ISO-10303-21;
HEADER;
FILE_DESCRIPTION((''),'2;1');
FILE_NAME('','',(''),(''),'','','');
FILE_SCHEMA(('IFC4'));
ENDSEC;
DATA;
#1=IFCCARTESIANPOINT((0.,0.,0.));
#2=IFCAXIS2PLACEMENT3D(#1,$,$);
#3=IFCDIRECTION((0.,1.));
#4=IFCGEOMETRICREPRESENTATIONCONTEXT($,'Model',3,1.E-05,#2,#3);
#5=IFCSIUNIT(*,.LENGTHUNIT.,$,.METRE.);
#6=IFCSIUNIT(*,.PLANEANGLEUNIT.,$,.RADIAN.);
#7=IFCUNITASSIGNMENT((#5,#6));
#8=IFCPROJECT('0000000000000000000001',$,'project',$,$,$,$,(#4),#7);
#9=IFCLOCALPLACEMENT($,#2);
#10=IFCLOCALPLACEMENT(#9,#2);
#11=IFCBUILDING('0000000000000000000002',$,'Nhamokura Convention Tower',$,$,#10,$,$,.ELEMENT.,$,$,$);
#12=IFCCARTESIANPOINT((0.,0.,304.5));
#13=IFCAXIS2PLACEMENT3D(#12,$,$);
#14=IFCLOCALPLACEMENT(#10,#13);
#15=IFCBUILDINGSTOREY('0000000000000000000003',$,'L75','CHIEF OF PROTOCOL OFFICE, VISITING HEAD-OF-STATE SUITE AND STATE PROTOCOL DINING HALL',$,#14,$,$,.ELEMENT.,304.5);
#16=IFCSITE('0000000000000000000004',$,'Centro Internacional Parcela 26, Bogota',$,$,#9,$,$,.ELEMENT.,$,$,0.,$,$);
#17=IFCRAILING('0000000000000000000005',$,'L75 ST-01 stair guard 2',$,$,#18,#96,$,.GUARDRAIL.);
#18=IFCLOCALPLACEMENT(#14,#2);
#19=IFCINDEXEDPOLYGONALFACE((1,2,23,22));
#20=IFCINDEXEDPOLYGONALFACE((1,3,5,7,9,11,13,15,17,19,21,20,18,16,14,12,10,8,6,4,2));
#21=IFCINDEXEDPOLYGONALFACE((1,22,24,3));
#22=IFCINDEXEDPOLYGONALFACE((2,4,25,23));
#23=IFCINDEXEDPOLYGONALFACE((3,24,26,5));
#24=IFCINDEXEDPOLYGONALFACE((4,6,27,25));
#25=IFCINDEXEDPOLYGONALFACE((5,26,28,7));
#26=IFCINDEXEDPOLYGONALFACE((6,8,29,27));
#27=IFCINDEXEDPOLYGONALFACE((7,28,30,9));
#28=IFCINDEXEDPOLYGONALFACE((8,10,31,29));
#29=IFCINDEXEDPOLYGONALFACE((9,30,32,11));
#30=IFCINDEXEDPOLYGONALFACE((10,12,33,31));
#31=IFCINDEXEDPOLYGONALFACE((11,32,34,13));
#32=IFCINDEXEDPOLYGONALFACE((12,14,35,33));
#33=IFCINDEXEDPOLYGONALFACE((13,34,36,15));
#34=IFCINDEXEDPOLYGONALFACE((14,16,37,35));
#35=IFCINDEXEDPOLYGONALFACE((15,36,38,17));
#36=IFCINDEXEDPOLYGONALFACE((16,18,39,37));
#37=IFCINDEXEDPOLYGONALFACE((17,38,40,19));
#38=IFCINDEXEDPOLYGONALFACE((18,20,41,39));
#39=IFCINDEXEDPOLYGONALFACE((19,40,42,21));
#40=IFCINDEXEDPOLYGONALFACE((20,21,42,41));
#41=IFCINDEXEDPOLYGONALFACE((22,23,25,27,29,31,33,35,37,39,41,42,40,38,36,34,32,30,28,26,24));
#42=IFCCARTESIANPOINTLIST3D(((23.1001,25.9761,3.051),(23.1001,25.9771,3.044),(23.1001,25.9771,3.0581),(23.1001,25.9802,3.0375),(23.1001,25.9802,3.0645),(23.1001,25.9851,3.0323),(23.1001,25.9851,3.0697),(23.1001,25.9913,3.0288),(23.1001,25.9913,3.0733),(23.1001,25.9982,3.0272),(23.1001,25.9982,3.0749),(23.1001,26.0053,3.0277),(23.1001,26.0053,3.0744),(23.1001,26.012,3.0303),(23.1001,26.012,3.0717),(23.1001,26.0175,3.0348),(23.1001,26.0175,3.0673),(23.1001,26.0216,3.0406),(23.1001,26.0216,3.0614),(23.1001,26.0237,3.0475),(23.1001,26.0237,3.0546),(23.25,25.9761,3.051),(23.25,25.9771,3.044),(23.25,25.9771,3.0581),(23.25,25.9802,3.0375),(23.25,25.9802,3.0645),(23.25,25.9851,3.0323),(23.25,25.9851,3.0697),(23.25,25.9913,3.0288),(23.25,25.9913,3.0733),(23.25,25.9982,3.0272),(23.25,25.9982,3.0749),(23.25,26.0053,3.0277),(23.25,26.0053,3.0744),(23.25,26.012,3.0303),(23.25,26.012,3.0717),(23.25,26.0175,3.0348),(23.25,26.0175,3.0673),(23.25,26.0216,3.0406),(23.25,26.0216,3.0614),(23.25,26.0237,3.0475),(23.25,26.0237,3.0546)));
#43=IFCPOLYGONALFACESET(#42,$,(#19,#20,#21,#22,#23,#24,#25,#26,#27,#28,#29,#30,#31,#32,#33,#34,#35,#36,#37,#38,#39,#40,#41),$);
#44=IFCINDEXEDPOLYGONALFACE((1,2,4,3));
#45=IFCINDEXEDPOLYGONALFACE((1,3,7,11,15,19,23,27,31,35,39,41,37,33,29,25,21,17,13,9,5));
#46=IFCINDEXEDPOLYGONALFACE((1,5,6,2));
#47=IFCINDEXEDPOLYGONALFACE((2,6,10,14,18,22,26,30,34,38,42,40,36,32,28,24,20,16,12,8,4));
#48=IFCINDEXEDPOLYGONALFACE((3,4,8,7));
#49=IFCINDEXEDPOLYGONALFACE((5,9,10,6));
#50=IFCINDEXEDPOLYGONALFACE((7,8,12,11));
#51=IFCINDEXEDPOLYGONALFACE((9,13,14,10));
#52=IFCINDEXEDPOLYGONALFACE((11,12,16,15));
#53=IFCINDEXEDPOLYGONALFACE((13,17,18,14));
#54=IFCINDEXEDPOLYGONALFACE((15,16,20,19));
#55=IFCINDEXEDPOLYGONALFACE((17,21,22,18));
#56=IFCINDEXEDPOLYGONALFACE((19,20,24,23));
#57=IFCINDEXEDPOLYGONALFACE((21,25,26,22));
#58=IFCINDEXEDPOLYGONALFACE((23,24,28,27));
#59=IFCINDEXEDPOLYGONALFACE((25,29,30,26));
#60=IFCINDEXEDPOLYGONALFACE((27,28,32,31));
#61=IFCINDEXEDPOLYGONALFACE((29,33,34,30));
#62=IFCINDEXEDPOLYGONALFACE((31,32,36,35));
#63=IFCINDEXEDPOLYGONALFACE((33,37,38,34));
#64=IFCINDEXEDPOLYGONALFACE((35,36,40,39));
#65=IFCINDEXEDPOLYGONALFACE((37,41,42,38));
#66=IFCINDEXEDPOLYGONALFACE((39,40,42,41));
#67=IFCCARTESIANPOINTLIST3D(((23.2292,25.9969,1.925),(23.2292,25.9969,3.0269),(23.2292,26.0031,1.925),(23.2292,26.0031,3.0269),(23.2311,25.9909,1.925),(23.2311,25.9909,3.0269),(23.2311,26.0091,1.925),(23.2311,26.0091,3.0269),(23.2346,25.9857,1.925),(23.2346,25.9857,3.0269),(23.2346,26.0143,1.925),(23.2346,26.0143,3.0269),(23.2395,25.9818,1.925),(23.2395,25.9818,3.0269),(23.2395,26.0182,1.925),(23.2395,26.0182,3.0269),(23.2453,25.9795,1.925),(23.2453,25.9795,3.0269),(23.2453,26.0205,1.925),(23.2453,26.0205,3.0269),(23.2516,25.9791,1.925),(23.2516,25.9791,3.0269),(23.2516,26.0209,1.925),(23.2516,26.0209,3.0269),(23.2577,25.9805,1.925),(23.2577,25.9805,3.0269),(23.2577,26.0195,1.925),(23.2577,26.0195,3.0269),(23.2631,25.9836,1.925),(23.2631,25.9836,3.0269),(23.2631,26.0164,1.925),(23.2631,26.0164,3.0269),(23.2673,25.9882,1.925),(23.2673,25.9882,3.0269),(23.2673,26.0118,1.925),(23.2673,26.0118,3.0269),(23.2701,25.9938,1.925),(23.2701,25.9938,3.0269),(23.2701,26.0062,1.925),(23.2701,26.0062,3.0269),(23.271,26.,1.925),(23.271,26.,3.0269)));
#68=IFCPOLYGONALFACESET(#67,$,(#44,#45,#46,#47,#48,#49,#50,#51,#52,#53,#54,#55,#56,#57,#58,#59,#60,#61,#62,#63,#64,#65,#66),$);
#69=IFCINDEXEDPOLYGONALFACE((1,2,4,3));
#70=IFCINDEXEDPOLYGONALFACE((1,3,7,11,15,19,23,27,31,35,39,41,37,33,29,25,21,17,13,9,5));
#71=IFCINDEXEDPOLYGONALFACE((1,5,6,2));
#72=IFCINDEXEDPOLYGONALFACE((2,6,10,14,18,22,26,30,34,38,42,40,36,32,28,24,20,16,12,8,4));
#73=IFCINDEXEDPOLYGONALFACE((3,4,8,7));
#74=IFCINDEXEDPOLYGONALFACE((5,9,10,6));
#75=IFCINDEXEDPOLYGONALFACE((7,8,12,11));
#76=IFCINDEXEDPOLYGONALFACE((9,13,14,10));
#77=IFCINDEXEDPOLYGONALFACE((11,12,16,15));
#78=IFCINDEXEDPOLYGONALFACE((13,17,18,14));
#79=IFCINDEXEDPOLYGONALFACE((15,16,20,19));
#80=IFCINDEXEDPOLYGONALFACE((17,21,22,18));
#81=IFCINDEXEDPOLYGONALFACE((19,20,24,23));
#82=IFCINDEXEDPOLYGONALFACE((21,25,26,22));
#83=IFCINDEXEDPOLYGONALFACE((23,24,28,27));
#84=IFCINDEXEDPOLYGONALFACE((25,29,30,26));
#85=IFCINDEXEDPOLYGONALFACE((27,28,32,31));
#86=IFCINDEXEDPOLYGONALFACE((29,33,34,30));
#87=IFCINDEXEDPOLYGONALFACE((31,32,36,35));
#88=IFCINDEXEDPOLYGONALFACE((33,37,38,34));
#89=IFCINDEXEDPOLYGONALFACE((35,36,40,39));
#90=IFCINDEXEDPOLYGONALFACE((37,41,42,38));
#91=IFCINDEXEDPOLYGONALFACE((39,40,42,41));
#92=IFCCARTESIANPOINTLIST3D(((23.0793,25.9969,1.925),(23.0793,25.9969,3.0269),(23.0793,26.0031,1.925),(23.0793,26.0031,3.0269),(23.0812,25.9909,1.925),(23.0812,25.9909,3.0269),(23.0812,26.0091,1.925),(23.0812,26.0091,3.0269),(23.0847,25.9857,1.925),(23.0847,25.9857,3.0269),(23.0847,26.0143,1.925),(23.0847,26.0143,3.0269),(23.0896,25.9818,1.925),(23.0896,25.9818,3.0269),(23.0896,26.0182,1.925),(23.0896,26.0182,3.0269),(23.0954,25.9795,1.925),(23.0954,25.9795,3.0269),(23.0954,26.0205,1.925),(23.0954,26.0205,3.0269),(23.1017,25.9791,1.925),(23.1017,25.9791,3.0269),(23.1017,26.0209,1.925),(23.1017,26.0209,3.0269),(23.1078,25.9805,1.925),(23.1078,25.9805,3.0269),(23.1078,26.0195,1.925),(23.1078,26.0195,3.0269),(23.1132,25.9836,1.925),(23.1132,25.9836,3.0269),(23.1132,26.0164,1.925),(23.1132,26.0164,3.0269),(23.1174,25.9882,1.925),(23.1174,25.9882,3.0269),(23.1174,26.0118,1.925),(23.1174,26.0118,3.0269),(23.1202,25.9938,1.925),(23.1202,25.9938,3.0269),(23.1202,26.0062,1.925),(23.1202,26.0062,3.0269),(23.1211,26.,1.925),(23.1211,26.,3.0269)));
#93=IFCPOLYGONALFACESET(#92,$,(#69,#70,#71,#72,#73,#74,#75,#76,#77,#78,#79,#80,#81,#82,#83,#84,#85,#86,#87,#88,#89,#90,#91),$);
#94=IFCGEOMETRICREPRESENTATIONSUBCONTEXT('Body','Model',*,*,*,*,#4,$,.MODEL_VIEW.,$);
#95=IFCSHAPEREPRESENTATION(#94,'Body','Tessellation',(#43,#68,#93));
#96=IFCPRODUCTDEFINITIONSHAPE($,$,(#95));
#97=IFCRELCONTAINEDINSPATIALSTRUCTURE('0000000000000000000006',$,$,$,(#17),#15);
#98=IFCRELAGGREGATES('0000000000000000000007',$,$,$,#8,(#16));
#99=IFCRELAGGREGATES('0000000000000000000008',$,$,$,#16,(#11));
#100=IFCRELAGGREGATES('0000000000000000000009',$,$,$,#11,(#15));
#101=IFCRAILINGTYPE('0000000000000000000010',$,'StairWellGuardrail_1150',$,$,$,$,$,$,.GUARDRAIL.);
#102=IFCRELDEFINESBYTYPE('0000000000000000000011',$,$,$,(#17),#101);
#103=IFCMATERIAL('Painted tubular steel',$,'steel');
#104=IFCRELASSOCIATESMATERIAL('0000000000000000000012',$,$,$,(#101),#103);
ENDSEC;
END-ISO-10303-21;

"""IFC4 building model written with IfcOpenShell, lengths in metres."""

from ifc_helpers import new_model, si_unit, direction, frame, origin, origin_2d, place, context, subcontext, project, spatial, circle, extrude, material, type_object, element, save


model = new_model("IFC4")

# Units and contexts
model_context = context("Model", 3, precision=1e-05, world=origin(), true_north=direction((0.0, 1.0)))
body_context = subcontext(model_context, "Body", "Model", "MODEL_VIEW")
ifc_project = project(units=[si_unit("LENGTHUNIT", "METRE"), si_unit("PLANEANGLEUNIT", "RADIAN")], contexts=[model_context])

# Site, building, storey
site_placement = place(None, origin())
site = spatial("IfcSite", under=ifc_project, at=site_placement, Name="Centro Internacional Parcela 26, Bogota", CompositionType="ELEMENT", RefElevation=0.0)
building_placement = place(site_placement, origin())
building = spatial("IfcBuilding", under=site, at=building_placement, Name="Nhamokura Convention Tower", CompositionType="ELEMENT")
storey_placement = place(building_placement, frame((0.0, 0.0, 304.5)))
storey = spatial("IfcBuildingStorey", under=building, at=storey_placement, Name="L75", Description="CHIEF OF PROTOCOL OFFICE, VISITING HEAD-OF-STATE SUITE AND STATE PROTOCOL DINING HALL", CompositionType="ELEMENT", Elevation=304.5)

# Railing
ifc_material_1 = material(Name="Painted tubular steel", Category="steel")
railing_type_1 = type_object("IfcRailingType", Name="StairWellGuardrail_1150", PredefinedType="GUARDRAIL", material=ifc_material_1)
railing_1_placement = place(storey_placement, frame((23.25, 26.0, 1.925)))
element("IfcRailing", 1, at=railing_1_placement, inside=storey, type_object=railing_type_1, Name="L75 ST-01 stair guard 2", PredefinedType="GUARDRAIL", context=body_context, shape_type="SweptSolid", body=[
    extrude(circle(Radius=0.0239, at=origin_2d()), frame((0.0, 0.0, 1.126), z_axis=(-1.0, 0.0, 0.0), x_axis=(0.0, -1.0, 0.0)), (0.0, 0.0, 1.0), 0.1499),
    extrude(circle(Radius=0.021, at=origin_2d()), origin(), (0.0, 0.0, 1.0), 1.1018),
    extrude(circle(Radius=0.021, at=origin_2d()), frame((-0.1499, 0.0, 0.0)), (0.0, 0.0, 1.0), 1.1018),
])

save(model, "model.ifc")
